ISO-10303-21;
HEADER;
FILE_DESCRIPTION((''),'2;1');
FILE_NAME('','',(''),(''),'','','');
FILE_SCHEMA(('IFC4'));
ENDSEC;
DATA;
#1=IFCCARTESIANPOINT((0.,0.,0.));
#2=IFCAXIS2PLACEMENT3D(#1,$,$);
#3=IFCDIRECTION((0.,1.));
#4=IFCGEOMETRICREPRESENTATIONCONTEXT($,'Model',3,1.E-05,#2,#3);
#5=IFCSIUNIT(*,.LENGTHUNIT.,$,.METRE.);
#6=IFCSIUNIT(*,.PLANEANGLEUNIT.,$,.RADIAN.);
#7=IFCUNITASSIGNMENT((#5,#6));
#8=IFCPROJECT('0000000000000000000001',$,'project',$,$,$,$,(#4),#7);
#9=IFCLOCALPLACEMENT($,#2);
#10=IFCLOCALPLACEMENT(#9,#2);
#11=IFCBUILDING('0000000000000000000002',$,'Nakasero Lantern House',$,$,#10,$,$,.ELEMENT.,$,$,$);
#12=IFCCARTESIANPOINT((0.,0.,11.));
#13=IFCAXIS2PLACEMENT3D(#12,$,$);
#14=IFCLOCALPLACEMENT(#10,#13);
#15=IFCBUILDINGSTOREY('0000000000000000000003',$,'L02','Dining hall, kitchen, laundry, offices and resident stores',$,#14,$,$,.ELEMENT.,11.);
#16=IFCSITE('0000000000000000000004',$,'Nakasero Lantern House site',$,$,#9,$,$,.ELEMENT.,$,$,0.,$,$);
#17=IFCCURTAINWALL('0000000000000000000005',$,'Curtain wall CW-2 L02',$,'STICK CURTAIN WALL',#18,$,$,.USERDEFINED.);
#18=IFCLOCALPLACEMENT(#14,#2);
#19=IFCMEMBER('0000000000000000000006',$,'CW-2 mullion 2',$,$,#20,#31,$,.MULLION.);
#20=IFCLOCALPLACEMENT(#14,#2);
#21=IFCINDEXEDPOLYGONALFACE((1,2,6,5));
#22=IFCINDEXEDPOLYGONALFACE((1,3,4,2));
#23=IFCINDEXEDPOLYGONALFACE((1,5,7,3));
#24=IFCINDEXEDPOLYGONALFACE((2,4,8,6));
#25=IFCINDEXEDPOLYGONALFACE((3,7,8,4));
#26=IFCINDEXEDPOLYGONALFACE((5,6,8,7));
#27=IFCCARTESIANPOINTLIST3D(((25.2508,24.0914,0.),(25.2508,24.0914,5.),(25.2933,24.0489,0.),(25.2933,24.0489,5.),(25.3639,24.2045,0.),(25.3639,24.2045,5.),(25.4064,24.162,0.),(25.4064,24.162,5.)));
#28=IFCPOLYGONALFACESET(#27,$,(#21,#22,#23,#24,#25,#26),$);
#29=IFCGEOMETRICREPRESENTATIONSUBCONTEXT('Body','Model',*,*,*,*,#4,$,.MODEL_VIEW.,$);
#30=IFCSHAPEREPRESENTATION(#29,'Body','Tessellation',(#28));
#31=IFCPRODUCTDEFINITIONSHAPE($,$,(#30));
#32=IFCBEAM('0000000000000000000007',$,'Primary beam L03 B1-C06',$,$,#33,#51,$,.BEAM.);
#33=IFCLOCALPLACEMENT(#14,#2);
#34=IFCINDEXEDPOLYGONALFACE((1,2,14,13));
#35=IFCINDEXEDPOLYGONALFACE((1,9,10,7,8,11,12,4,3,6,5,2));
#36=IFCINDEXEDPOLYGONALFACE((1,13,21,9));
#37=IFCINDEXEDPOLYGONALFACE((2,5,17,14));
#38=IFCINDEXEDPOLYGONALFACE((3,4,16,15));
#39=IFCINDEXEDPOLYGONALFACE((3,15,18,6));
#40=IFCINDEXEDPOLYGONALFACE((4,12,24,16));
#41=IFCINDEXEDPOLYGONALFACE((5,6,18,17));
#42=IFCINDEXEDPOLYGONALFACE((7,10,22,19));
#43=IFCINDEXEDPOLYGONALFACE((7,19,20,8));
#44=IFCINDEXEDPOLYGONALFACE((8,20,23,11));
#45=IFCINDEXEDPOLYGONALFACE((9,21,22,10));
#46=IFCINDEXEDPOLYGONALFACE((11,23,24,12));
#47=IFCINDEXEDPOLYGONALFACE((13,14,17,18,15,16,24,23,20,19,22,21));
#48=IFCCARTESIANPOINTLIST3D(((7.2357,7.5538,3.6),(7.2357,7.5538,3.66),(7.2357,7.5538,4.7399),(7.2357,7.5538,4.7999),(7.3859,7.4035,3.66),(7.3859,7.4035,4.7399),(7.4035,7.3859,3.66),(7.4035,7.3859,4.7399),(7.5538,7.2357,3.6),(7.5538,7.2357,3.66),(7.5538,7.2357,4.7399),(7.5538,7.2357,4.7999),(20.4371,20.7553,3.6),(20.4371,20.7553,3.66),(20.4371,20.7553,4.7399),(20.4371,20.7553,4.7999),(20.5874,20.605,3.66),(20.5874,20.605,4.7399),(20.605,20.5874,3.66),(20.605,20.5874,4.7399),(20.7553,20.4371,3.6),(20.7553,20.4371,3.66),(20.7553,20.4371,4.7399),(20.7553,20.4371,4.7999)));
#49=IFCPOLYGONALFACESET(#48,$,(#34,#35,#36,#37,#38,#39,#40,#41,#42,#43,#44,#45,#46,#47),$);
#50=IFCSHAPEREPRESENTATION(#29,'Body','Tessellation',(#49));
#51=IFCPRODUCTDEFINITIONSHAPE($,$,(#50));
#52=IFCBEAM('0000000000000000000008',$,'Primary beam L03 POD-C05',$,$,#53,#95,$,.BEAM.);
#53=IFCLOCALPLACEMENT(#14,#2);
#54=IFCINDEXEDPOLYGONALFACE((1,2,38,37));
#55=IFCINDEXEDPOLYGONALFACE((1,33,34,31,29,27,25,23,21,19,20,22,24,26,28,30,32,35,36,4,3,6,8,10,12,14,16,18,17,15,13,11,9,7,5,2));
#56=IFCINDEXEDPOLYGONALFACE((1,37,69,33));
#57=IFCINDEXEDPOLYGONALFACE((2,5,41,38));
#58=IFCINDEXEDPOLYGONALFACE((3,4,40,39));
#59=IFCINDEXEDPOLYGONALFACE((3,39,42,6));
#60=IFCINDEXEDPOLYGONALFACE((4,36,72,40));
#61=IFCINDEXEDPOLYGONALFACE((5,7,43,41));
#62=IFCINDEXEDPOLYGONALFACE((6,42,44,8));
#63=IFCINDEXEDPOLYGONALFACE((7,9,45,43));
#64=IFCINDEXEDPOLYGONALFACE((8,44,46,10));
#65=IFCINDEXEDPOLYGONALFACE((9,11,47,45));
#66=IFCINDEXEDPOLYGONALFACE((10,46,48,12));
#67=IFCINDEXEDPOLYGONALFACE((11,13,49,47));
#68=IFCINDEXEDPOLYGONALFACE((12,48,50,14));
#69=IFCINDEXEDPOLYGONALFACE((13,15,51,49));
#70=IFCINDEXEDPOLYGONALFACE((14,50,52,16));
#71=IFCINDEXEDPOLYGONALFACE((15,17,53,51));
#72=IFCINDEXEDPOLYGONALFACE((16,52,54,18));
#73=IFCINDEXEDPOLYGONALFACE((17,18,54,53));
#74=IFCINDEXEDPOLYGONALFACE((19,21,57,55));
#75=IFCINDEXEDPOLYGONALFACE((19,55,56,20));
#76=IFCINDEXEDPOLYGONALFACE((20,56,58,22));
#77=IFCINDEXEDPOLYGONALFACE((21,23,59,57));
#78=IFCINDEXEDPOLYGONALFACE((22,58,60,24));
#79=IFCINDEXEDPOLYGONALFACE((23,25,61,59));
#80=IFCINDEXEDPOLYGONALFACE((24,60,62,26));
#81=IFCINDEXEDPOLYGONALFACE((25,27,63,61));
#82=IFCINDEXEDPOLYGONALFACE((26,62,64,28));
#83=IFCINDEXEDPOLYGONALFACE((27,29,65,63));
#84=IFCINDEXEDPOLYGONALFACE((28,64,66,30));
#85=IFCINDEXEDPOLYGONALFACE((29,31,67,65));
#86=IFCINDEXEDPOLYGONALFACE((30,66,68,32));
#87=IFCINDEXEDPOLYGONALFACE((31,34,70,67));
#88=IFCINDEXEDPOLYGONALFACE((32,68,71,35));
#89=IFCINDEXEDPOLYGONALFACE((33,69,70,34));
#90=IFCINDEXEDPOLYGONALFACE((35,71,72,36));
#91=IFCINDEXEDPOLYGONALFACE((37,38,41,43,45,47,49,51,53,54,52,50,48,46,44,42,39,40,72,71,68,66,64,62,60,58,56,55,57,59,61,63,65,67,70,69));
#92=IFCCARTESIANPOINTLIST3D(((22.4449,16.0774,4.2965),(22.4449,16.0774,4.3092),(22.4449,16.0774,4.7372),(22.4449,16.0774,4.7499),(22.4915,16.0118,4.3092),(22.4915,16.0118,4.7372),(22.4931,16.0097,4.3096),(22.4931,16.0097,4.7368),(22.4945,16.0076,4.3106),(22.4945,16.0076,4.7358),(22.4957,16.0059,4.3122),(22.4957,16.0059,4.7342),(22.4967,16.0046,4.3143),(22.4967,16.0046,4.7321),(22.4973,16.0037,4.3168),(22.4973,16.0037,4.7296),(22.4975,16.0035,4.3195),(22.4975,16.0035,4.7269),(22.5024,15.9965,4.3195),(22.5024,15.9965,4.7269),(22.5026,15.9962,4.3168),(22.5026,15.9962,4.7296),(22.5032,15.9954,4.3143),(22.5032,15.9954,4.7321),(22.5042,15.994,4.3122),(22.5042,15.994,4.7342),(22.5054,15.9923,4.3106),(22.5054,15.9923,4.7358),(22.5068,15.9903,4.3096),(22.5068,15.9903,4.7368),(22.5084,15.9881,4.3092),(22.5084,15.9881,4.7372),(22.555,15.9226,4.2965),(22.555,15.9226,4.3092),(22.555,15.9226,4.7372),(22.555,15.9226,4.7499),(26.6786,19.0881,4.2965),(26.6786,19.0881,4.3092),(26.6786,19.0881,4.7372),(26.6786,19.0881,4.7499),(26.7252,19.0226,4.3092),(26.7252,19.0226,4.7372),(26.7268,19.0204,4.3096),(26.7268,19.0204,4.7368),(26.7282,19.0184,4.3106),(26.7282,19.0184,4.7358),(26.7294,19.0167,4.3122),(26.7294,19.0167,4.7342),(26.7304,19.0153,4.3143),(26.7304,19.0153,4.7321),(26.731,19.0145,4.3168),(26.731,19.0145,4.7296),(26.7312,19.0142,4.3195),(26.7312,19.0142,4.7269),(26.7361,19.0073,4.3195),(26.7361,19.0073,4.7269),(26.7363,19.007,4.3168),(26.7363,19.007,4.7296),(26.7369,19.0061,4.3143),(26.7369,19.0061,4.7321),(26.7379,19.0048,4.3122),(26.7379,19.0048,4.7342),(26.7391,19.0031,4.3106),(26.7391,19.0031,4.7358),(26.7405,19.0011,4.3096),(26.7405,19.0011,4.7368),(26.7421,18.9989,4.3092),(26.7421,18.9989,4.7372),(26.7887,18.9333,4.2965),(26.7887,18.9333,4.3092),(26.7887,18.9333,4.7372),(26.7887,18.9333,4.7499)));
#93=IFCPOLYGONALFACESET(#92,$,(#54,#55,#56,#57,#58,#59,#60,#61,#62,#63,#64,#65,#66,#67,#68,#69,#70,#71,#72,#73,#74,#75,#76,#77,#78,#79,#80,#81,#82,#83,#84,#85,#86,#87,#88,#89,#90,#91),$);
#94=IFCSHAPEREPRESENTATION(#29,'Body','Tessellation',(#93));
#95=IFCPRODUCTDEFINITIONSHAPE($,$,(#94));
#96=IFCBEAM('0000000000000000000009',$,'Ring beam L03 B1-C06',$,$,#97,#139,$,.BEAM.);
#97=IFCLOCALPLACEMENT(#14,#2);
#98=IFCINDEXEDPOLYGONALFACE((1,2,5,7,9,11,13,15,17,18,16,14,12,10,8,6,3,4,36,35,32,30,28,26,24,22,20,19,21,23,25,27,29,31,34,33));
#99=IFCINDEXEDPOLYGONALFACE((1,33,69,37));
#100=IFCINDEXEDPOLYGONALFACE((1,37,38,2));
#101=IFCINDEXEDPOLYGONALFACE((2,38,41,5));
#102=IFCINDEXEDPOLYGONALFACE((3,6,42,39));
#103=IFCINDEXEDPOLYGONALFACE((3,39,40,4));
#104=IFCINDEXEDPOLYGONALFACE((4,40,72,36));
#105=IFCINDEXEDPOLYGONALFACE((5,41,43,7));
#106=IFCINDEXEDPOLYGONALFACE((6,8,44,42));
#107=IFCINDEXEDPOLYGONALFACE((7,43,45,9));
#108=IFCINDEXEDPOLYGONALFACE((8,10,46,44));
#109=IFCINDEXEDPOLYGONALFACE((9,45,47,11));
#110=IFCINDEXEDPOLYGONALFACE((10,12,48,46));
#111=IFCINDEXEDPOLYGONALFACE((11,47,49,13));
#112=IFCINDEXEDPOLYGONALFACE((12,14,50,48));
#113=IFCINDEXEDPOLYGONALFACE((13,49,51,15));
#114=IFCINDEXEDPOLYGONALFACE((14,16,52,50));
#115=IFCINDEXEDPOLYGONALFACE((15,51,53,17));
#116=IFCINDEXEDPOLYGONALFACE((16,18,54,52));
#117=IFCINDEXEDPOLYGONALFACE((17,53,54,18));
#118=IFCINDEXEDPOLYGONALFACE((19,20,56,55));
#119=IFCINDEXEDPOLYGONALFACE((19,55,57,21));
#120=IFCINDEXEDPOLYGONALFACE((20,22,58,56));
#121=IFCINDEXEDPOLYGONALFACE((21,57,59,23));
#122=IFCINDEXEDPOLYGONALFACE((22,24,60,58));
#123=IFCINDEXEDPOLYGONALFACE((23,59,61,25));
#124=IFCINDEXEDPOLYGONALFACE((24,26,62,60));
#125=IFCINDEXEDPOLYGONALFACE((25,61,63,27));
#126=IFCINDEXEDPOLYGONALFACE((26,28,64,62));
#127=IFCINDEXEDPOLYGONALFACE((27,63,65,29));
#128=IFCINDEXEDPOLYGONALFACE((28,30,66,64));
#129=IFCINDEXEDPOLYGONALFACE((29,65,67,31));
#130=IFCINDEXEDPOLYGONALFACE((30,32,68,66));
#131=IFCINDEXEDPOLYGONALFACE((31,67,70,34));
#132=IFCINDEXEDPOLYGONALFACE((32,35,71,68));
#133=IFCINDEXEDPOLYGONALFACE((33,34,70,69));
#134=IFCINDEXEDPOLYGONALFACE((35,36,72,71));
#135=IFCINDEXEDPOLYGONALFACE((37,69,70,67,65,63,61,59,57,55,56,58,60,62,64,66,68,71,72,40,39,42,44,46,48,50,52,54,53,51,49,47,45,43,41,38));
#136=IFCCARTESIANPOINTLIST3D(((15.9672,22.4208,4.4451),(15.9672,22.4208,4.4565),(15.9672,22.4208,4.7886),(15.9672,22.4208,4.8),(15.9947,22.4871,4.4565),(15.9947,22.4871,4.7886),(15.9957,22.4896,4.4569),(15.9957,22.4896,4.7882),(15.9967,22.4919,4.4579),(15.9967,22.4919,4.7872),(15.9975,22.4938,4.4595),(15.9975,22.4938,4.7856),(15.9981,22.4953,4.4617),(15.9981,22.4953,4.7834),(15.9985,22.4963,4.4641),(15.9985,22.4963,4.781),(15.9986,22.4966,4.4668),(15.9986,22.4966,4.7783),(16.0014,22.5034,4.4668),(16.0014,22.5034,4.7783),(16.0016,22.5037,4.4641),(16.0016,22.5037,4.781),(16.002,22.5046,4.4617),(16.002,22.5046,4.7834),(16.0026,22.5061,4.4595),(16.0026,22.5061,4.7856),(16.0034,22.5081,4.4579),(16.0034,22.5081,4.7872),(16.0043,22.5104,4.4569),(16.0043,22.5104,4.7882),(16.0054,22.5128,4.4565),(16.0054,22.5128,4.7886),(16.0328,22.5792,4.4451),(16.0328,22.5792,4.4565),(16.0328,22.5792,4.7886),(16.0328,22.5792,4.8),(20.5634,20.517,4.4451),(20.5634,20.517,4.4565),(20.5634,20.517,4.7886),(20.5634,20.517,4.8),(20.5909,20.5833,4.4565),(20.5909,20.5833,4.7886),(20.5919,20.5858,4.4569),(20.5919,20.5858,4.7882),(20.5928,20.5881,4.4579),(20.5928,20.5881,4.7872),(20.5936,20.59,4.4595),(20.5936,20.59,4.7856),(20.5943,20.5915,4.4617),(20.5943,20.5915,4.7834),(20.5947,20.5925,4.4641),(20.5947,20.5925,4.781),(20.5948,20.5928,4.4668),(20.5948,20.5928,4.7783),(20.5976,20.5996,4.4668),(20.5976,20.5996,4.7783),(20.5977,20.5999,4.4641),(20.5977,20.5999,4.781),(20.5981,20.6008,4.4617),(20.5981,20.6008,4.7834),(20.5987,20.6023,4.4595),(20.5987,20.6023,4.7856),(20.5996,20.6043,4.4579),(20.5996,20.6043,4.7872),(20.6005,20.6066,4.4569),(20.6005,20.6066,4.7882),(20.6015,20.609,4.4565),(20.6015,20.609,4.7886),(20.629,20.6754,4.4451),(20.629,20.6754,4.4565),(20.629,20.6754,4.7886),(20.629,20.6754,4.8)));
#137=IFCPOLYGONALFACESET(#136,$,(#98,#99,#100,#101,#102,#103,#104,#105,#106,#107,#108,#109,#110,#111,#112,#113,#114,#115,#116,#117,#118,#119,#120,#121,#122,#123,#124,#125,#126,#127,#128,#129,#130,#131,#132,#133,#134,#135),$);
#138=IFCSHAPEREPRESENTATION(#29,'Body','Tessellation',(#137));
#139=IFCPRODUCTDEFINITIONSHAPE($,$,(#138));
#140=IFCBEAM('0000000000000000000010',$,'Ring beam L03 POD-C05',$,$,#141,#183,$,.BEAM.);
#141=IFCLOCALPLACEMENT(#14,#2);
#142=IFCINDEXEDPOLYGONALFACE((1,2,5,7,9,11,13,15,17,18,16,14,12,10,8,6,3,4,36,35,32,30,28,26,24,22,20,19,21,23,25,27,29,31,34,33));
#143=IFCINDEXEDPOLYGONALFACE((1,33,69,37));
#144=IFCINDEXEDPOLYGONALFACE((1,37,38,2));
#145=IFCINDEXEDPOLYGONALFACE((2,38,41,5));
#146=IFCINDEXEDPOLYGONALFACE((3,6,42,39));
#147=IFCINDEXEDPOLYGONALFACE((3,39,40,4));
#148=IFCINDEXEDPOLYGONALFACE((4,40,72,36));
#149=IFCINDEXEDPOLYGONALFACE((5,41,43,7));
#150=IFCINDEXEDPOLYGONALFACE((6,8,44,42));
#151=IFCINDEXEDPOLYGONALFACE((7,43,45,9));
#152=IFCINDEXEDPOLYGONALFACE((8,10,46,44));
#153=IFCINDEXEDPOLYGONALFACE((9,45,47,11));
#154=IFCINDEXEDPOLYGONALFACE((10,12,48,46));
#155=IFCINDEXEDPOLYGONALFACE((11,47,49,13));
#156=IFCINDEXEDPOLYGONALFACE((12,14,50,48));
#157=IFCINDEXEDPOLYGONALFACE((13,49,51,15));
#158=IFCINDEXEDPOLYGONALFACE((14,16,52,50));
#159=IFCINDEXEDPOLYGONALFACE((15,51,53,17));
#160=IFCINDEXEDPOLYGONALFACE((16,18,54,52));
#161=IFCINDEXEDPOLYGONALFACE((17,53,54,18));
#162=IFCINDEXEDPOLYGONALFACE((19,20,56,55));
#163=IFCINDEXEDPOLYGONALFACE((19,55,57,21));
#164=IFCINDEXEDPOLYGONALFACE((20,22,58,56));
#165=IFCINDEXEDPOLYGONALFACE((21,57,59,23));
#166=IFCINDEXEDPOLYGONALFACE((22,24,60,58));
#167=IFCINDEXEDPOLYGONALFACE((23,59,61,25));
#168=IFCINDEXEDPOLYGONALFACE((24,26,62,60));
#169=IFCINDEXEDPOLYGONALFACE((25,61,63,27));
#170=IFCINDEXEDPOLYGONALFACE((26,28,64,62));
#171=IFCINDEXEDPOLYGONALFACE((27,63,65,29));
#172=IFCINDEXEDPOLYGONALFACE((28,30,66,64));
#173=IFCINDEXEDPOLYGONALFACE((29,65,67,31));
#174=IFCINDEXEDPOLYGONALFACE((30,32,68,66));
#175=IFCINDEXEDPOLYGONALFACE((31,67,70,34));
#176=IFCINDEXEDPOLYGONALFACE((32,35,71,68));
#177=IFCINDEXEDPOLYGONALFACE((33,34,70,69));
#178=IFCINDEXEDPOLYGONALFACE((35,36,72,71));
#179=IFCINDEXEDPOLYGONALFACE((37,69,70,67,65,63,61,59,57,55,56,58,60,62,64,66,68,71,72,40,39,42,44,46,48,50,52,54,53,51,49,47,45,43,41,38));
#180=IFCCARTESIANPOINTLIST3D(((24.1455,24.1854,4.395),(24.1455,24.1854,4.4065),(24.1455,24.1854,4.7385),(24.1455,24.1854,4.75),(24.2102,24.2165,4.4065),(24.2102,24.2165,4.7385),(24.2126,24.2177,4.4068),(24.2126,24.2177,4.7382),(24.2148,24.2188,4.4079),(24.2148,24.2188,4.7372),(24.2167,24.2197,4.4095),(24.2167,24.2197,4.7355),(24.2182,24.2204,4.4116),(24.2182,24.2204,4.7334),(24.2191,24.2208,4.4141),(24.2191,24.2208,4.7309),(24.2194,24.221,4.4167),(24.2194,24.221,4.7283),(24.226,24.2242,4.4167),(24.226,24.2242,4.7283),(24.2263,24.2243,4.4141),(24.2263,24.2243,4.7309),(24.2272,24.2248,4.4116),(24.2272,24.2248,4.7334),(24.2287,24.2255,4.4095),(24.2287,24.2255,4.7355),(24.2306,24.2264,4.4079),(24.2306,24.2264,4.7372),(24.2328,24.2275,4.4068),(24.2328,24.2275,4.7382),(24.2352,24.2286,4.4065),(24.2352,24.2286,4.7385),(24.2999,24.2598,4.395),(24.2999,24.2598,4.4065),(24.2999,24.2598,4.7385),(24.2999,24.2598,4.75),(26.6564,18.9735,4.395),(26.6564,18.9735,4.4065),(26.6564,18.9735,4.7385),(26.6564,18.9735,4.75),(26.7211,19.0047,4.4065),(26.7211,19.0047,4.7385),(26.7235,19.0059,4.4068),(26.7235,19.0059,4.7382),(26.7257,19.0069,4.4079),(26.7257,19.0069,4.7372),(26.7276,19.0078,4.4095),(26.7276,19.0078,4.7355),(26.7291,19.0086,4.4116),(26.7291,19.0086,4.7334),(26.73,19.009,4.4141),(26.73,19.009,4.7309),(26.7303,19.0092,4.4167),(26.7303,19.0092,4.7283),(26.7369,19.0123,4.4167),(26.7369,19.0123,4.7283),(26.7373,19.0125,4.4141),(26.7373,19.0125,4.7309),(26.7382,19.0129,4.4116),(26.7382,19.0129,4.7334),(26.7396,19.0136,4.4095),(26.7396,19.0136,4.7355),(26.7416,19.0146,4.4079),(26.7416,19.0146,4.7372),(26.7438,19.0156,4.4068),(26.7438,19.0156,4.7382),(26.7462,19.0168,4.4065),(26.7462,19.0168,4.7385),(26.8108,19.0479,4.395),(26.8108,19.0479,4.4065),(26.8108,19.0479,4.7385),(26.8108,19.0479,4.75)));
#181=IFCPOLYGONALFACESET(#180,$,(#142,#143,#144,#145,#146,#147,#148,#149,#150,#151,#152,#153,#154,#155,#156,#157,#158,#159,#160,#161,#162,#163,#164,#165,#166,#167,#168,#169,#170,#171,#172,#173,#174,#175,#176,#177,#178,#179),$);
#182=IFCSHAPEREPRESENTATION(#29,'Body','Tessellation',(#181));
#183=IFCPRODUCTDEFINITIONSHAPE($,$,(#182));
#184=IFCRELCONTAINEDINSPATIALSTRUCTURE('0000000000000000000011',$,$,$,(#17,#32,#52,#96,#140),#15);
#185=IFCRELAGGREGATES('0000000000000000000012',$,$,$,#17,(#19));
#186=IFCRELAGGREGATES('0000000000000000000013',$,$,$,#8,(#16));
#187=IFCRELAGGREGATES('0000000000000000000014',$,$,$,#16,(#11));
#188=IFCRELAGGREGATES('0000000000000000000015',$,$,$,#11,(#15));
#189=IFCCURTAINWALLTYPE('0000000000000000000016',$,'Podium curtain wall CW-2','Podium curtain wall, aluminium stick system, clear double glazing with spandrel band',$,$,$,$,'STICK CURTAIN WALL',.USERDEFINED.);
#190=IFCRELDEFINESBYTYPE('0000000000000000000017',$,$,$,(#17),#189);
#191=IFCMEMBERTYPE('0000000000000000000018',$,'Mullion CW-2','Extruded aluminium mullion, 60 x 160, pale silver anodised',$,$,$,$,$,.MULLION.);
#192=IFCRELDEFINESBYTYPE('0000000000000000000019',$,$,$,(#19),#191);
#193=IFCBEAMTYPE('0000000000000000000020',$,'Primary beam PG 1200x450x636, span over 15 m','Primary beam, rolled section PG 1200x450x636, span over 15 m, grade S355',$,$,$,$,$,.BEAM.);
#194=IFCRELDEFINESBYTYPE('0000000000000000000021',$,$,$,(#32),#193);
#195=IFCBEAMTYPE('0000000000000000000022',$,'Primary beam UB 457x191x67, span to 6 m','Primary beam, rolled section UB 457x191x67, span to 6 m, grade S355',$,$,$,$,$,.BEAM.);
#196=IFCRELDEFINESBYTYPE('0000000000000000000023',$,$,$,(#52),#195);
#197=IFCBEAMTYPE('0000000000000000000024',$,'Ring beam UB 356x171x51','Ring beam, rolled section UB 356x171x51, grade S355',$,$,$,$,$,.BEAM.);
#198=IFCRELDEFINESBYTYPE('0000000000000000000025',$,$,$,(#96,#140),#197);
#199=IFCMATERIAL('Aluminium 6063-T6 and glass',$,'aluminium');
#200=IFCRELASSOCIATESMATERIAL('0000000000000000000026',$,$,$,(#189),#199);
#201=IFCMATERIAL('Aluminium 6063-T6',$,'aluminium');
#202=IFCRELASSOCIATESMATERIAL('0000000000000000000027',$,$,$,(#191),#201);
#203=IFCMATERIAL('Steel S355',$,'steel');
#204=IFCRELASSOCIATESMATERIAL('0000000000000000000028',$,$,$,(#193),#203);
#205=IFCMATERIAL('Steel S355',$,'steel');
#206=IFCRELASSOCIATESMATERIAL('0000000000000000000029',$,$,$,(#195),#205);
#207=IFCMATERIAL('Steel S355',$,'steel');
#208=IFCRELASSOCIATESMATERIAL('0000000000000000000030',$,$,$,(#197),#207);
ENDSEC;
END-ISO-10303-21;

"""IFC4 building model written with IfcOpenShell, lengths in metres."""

from ifc_helpers import new_model, si_unit, direction, frame, origin, origin_2d, place, context, subcontext, project, spatial, rectangle, i_section, extrude, material, material_profile, profile_set, type_object, element, aggregate, save


model = new_model("IFC4")

# Units and contexts
model_context = context("Model", 3, precision=1e-05, world=origin(), true_north=direction((0.0, 1.0)))
body_context = subcontext(model_context, "Body", "Model", "MODEL_VIEW")
ifc_project = project(units=[si_unit("LENGTHUNIT", "METRE"), si_unit("PLANEANGLEUNIT", "RADIAN")], contexts=[model_context])

# Site, building, storey
site_placement = place(None, origin())
site = spatial("IfcSite", under=ifc_project, at=site_placement, Name="Nakasero Lantern House site", CompositionType="ELEMENT", RefElevation=0.0)
building_placement = place(site_placement, origin())
building = spatial("IfcBuilding", under=site, at=building_placement, Name="Nakasero Lantern House", CompositionType="ELEMENT")
storey_placement = place(building_placement, frame((0.0, 0.0, 11.0)))
storey = spatial("IfcBuildingStorey", under=building, at=storey_placement, Name="L02", Description="Dining hall, kitchen, laundry, offices and resident stores", CompositionType="ELEMENT", Elevation=11.0)

# Curtain wall, member
ifc_material_1 = material(Name="Aluminium 6063-T6 and glass", Category="aluminium")
curtain_wall_type = type_object("IfcCurtainWallType", Name="Podium curtain wall CW-2", Description="Podium curtain wall, aluminium stick system, clear double glazing with spandrel band", ElementType="STICK CURTAIN WALL", PredefinedType="USERDEFINED", material=ifc_material_1)
ifc_material_2 = material(Name="Aluminium 6063-T6", Category="aluminium")
ifc_material_profile_1 = material_profile(ifc_material_2, rectangle(XDim=0.0601, YDim=0.1599, at=origin_2d()), Name="CW-2 mullion 60x160")
ifc_profile_set_1 = profile_set([ifc_material_profile_1], Name="Aluminium 6063-T6")
member_type_1 = type_object("IfcMemberType", Name="Mullion CW-2", Description="Extruded aluminium mullion, 60 x 160, pale silver anodised", PredefinedType="MULLION", material=ifc_profile_set_1)
curtain_wall_1_placement = place(storey_placement, origin())
curtain_wall_1 = element("IfcCurtainWall", 1, at=curtain_wall_1_placement, inside=storey, type_object=curtain_wall_type, Name="Curtain wall CW-2 L02", ObjectType="STICK CURTAIN WALL", PredefinedType="USERDEFINED")
member_1_placement = place(storey_placement, frame((25.3286, 24.1267, 0.0), z_axis=(0.0, 0.0, 1.0), x_axis=(-0.707107, 0.707107, 0.0)))
member_1 = element("IfcMember", 2, at=member_1_placement, type_object=member_type_1, Name="CW-2 mullion 2", PredefinedType="MULLION", context=body_context, shape_type="SweptSolid", body=[
    extrude(rectangle(XDim=0.0601, YDim=0.1599, at=origin_2d()), origin(), (0.0, 0.0, 1.0), 5.0),
])

# Beams
ifc_material_3 = material(Name="Steel S355", Category="steel")
ifc_material_profile_2 = material_profile(ifc_material_3, i_section(OverallWidth=0.45, OverallDepth=1.2, WebThickness=0.0249, FlangeThickness=0.0601, at=origin_2d()), Name="PG 1200x450x636")
ifc_profile_set_2 = profile_set([ifc_material_profile_2], Name="Steel S355")
beam_type_1 = type_object("IfcBeamType", Name="Primary beam PG 1200x450x636, span over 15 m", Description="Primary beam, rolled section PG 1200x450x636, span over 15 m, grade S355", PredefinedType="BEAM", material=ifc_profile_set_2)
beam_1_placement = place(storey_placement, frame((20.5962, 20.5962, 4.2), z_axis=(-0.707107, -0.707107, 0.0), x_axis=(0.707107, -0.707107, 0.0)))
element("IfcBeam", 3, at=beam_1_placement, inside=storey, type_object=beam_type_1, Name="Primary beam L03 B1-C06", PredefinedType="BEAM", context=body_context, shape_type="SweptSolid", body=[
    extrude(i_section(OverallWidth=0.45, OverallDepth=1.2, WebThickness=0.0249, FlangeThickness=0.0601, at=origin_2d()), origin(), (0.0, 0.0, 1.0), 18.6697),
])
ifc_material_4 = material(Name="Steel S355", Category="steel")
ifc_material_profile_3 = material_profile(ifc_material_4, i_section(OverallWidth=0.1899, OverallDepth=0.4534, WebThickness=0.0085, FlangeThickness=0.0127, FilletRadius=0.0103, at=origin_2d()), Name="UB 457x191x67")
ifc_profile_set_3 = profile_set([ifc_material_profile_3], Name="Steel S355")
beam_type_2 = type_object("IfcBeamType", Name="Primary beam UB 457x191x67, span to 6 m", Description="Primary beam, rolled section UB 457x191x67, span to 6 m, grade S355", PredefinedType="BEAM", material=ifc_profile_set_3)
beam_2_placement = place(storey_placement, frame((26.7336, 19.0107, 4.5232), z_axis=(-0.814942, -0.579543, 0.0), x_axis=(0.579543, -0.814942, 0.0)))
element("IfcBeam", 4, at=beam_2_placement, inside=storey, type_object=beam_type_2, Name="Primary beam L03 POD-C05", PredefinedType="BEAM", context=body_context, shape_type="SweptSolid", body=[
    extrude(i_section(OverallWidth=0.1899, OverallDepth=0.4534, WebThickness=0.0085, FlangeThickness=0.0127, FilletRadius=0.0103, at=origin_2d()), origin(), (0.0, 0.0, 1.0), 5.1951),
])
ifc_material_5 = material(Name="Steel S355", Category="steel")
ifc_material_profile_4 = material_profile(ifc_material_5, i_section(OverallWidth=0.1714, OverallDepth=0.355, WebThickness=0.0073, FlangeThickness=0.0115, FilletRadius=0.0103, at=origin_2d()), Name="UB 356x171x51")
ifc_profile_set_4 = profile_set([ifc_material_profile_4], Name="Steel S355")
beam_type_3 = type_object("IfcBeamType", Name="Ring beam UB 356x171x51", Description="Ring beam, rolled section UB 356x171x51, grade S355", PredefinedType="BEAM", material=ifc_profile_set_4)
beam_3_placement = place(storey_placement, frame((20.5962, 20.5962, 4.6226), z_axis=(-0.923879, 0.382684, 0.0), x_axis=(-0.382684, -0.923879, 0.0)))
element("IfcBeam", 5, at=beam_3_placement, inside=storey, type_object=beam_type_3, Name="Ring beam L03 B1-C06", PredefinedType="BEAM", context=body_context, shape_type="SweptSolid", body=[
    extrude(i_section(OverallWidth=0.1714, OverallDepth=0.355, WebThickness=0.0073, FlangeThickness=0.0115, FilletRadius=0.0103, at=origin_2d()), origin(), (0.0, 0.0, 1.0), 4.9749),
])
beam_4_placement = place(storey_placement, frame((26.7336, 19.0107, 4.5725), z_axis=(-0.434033, 0.900897, 0.0), x_axis=(-0.900897, -0.434033, 0.0)))
element("IfcBeam", 6, at=beam_4_placement, inside=storey, type_object=beam_type_3, Name="Ring beam L03 POD-C05", PredefinedType="BEAM", context=body_context, shape_type="SweptSolid", body=[
    extrude(i_section(OverallWidth=0.1714, OverallDepth=0.355, WebThickness=0.0073, FlangeThickness=0.0115, FilletRadius=0.0103, at=origin_2d()), origin(), (0.0, 0.0, 1.0), 5.7852),
])

aggregate(curtain_wall_1, [member_1])

save(model, "model.ifc")
